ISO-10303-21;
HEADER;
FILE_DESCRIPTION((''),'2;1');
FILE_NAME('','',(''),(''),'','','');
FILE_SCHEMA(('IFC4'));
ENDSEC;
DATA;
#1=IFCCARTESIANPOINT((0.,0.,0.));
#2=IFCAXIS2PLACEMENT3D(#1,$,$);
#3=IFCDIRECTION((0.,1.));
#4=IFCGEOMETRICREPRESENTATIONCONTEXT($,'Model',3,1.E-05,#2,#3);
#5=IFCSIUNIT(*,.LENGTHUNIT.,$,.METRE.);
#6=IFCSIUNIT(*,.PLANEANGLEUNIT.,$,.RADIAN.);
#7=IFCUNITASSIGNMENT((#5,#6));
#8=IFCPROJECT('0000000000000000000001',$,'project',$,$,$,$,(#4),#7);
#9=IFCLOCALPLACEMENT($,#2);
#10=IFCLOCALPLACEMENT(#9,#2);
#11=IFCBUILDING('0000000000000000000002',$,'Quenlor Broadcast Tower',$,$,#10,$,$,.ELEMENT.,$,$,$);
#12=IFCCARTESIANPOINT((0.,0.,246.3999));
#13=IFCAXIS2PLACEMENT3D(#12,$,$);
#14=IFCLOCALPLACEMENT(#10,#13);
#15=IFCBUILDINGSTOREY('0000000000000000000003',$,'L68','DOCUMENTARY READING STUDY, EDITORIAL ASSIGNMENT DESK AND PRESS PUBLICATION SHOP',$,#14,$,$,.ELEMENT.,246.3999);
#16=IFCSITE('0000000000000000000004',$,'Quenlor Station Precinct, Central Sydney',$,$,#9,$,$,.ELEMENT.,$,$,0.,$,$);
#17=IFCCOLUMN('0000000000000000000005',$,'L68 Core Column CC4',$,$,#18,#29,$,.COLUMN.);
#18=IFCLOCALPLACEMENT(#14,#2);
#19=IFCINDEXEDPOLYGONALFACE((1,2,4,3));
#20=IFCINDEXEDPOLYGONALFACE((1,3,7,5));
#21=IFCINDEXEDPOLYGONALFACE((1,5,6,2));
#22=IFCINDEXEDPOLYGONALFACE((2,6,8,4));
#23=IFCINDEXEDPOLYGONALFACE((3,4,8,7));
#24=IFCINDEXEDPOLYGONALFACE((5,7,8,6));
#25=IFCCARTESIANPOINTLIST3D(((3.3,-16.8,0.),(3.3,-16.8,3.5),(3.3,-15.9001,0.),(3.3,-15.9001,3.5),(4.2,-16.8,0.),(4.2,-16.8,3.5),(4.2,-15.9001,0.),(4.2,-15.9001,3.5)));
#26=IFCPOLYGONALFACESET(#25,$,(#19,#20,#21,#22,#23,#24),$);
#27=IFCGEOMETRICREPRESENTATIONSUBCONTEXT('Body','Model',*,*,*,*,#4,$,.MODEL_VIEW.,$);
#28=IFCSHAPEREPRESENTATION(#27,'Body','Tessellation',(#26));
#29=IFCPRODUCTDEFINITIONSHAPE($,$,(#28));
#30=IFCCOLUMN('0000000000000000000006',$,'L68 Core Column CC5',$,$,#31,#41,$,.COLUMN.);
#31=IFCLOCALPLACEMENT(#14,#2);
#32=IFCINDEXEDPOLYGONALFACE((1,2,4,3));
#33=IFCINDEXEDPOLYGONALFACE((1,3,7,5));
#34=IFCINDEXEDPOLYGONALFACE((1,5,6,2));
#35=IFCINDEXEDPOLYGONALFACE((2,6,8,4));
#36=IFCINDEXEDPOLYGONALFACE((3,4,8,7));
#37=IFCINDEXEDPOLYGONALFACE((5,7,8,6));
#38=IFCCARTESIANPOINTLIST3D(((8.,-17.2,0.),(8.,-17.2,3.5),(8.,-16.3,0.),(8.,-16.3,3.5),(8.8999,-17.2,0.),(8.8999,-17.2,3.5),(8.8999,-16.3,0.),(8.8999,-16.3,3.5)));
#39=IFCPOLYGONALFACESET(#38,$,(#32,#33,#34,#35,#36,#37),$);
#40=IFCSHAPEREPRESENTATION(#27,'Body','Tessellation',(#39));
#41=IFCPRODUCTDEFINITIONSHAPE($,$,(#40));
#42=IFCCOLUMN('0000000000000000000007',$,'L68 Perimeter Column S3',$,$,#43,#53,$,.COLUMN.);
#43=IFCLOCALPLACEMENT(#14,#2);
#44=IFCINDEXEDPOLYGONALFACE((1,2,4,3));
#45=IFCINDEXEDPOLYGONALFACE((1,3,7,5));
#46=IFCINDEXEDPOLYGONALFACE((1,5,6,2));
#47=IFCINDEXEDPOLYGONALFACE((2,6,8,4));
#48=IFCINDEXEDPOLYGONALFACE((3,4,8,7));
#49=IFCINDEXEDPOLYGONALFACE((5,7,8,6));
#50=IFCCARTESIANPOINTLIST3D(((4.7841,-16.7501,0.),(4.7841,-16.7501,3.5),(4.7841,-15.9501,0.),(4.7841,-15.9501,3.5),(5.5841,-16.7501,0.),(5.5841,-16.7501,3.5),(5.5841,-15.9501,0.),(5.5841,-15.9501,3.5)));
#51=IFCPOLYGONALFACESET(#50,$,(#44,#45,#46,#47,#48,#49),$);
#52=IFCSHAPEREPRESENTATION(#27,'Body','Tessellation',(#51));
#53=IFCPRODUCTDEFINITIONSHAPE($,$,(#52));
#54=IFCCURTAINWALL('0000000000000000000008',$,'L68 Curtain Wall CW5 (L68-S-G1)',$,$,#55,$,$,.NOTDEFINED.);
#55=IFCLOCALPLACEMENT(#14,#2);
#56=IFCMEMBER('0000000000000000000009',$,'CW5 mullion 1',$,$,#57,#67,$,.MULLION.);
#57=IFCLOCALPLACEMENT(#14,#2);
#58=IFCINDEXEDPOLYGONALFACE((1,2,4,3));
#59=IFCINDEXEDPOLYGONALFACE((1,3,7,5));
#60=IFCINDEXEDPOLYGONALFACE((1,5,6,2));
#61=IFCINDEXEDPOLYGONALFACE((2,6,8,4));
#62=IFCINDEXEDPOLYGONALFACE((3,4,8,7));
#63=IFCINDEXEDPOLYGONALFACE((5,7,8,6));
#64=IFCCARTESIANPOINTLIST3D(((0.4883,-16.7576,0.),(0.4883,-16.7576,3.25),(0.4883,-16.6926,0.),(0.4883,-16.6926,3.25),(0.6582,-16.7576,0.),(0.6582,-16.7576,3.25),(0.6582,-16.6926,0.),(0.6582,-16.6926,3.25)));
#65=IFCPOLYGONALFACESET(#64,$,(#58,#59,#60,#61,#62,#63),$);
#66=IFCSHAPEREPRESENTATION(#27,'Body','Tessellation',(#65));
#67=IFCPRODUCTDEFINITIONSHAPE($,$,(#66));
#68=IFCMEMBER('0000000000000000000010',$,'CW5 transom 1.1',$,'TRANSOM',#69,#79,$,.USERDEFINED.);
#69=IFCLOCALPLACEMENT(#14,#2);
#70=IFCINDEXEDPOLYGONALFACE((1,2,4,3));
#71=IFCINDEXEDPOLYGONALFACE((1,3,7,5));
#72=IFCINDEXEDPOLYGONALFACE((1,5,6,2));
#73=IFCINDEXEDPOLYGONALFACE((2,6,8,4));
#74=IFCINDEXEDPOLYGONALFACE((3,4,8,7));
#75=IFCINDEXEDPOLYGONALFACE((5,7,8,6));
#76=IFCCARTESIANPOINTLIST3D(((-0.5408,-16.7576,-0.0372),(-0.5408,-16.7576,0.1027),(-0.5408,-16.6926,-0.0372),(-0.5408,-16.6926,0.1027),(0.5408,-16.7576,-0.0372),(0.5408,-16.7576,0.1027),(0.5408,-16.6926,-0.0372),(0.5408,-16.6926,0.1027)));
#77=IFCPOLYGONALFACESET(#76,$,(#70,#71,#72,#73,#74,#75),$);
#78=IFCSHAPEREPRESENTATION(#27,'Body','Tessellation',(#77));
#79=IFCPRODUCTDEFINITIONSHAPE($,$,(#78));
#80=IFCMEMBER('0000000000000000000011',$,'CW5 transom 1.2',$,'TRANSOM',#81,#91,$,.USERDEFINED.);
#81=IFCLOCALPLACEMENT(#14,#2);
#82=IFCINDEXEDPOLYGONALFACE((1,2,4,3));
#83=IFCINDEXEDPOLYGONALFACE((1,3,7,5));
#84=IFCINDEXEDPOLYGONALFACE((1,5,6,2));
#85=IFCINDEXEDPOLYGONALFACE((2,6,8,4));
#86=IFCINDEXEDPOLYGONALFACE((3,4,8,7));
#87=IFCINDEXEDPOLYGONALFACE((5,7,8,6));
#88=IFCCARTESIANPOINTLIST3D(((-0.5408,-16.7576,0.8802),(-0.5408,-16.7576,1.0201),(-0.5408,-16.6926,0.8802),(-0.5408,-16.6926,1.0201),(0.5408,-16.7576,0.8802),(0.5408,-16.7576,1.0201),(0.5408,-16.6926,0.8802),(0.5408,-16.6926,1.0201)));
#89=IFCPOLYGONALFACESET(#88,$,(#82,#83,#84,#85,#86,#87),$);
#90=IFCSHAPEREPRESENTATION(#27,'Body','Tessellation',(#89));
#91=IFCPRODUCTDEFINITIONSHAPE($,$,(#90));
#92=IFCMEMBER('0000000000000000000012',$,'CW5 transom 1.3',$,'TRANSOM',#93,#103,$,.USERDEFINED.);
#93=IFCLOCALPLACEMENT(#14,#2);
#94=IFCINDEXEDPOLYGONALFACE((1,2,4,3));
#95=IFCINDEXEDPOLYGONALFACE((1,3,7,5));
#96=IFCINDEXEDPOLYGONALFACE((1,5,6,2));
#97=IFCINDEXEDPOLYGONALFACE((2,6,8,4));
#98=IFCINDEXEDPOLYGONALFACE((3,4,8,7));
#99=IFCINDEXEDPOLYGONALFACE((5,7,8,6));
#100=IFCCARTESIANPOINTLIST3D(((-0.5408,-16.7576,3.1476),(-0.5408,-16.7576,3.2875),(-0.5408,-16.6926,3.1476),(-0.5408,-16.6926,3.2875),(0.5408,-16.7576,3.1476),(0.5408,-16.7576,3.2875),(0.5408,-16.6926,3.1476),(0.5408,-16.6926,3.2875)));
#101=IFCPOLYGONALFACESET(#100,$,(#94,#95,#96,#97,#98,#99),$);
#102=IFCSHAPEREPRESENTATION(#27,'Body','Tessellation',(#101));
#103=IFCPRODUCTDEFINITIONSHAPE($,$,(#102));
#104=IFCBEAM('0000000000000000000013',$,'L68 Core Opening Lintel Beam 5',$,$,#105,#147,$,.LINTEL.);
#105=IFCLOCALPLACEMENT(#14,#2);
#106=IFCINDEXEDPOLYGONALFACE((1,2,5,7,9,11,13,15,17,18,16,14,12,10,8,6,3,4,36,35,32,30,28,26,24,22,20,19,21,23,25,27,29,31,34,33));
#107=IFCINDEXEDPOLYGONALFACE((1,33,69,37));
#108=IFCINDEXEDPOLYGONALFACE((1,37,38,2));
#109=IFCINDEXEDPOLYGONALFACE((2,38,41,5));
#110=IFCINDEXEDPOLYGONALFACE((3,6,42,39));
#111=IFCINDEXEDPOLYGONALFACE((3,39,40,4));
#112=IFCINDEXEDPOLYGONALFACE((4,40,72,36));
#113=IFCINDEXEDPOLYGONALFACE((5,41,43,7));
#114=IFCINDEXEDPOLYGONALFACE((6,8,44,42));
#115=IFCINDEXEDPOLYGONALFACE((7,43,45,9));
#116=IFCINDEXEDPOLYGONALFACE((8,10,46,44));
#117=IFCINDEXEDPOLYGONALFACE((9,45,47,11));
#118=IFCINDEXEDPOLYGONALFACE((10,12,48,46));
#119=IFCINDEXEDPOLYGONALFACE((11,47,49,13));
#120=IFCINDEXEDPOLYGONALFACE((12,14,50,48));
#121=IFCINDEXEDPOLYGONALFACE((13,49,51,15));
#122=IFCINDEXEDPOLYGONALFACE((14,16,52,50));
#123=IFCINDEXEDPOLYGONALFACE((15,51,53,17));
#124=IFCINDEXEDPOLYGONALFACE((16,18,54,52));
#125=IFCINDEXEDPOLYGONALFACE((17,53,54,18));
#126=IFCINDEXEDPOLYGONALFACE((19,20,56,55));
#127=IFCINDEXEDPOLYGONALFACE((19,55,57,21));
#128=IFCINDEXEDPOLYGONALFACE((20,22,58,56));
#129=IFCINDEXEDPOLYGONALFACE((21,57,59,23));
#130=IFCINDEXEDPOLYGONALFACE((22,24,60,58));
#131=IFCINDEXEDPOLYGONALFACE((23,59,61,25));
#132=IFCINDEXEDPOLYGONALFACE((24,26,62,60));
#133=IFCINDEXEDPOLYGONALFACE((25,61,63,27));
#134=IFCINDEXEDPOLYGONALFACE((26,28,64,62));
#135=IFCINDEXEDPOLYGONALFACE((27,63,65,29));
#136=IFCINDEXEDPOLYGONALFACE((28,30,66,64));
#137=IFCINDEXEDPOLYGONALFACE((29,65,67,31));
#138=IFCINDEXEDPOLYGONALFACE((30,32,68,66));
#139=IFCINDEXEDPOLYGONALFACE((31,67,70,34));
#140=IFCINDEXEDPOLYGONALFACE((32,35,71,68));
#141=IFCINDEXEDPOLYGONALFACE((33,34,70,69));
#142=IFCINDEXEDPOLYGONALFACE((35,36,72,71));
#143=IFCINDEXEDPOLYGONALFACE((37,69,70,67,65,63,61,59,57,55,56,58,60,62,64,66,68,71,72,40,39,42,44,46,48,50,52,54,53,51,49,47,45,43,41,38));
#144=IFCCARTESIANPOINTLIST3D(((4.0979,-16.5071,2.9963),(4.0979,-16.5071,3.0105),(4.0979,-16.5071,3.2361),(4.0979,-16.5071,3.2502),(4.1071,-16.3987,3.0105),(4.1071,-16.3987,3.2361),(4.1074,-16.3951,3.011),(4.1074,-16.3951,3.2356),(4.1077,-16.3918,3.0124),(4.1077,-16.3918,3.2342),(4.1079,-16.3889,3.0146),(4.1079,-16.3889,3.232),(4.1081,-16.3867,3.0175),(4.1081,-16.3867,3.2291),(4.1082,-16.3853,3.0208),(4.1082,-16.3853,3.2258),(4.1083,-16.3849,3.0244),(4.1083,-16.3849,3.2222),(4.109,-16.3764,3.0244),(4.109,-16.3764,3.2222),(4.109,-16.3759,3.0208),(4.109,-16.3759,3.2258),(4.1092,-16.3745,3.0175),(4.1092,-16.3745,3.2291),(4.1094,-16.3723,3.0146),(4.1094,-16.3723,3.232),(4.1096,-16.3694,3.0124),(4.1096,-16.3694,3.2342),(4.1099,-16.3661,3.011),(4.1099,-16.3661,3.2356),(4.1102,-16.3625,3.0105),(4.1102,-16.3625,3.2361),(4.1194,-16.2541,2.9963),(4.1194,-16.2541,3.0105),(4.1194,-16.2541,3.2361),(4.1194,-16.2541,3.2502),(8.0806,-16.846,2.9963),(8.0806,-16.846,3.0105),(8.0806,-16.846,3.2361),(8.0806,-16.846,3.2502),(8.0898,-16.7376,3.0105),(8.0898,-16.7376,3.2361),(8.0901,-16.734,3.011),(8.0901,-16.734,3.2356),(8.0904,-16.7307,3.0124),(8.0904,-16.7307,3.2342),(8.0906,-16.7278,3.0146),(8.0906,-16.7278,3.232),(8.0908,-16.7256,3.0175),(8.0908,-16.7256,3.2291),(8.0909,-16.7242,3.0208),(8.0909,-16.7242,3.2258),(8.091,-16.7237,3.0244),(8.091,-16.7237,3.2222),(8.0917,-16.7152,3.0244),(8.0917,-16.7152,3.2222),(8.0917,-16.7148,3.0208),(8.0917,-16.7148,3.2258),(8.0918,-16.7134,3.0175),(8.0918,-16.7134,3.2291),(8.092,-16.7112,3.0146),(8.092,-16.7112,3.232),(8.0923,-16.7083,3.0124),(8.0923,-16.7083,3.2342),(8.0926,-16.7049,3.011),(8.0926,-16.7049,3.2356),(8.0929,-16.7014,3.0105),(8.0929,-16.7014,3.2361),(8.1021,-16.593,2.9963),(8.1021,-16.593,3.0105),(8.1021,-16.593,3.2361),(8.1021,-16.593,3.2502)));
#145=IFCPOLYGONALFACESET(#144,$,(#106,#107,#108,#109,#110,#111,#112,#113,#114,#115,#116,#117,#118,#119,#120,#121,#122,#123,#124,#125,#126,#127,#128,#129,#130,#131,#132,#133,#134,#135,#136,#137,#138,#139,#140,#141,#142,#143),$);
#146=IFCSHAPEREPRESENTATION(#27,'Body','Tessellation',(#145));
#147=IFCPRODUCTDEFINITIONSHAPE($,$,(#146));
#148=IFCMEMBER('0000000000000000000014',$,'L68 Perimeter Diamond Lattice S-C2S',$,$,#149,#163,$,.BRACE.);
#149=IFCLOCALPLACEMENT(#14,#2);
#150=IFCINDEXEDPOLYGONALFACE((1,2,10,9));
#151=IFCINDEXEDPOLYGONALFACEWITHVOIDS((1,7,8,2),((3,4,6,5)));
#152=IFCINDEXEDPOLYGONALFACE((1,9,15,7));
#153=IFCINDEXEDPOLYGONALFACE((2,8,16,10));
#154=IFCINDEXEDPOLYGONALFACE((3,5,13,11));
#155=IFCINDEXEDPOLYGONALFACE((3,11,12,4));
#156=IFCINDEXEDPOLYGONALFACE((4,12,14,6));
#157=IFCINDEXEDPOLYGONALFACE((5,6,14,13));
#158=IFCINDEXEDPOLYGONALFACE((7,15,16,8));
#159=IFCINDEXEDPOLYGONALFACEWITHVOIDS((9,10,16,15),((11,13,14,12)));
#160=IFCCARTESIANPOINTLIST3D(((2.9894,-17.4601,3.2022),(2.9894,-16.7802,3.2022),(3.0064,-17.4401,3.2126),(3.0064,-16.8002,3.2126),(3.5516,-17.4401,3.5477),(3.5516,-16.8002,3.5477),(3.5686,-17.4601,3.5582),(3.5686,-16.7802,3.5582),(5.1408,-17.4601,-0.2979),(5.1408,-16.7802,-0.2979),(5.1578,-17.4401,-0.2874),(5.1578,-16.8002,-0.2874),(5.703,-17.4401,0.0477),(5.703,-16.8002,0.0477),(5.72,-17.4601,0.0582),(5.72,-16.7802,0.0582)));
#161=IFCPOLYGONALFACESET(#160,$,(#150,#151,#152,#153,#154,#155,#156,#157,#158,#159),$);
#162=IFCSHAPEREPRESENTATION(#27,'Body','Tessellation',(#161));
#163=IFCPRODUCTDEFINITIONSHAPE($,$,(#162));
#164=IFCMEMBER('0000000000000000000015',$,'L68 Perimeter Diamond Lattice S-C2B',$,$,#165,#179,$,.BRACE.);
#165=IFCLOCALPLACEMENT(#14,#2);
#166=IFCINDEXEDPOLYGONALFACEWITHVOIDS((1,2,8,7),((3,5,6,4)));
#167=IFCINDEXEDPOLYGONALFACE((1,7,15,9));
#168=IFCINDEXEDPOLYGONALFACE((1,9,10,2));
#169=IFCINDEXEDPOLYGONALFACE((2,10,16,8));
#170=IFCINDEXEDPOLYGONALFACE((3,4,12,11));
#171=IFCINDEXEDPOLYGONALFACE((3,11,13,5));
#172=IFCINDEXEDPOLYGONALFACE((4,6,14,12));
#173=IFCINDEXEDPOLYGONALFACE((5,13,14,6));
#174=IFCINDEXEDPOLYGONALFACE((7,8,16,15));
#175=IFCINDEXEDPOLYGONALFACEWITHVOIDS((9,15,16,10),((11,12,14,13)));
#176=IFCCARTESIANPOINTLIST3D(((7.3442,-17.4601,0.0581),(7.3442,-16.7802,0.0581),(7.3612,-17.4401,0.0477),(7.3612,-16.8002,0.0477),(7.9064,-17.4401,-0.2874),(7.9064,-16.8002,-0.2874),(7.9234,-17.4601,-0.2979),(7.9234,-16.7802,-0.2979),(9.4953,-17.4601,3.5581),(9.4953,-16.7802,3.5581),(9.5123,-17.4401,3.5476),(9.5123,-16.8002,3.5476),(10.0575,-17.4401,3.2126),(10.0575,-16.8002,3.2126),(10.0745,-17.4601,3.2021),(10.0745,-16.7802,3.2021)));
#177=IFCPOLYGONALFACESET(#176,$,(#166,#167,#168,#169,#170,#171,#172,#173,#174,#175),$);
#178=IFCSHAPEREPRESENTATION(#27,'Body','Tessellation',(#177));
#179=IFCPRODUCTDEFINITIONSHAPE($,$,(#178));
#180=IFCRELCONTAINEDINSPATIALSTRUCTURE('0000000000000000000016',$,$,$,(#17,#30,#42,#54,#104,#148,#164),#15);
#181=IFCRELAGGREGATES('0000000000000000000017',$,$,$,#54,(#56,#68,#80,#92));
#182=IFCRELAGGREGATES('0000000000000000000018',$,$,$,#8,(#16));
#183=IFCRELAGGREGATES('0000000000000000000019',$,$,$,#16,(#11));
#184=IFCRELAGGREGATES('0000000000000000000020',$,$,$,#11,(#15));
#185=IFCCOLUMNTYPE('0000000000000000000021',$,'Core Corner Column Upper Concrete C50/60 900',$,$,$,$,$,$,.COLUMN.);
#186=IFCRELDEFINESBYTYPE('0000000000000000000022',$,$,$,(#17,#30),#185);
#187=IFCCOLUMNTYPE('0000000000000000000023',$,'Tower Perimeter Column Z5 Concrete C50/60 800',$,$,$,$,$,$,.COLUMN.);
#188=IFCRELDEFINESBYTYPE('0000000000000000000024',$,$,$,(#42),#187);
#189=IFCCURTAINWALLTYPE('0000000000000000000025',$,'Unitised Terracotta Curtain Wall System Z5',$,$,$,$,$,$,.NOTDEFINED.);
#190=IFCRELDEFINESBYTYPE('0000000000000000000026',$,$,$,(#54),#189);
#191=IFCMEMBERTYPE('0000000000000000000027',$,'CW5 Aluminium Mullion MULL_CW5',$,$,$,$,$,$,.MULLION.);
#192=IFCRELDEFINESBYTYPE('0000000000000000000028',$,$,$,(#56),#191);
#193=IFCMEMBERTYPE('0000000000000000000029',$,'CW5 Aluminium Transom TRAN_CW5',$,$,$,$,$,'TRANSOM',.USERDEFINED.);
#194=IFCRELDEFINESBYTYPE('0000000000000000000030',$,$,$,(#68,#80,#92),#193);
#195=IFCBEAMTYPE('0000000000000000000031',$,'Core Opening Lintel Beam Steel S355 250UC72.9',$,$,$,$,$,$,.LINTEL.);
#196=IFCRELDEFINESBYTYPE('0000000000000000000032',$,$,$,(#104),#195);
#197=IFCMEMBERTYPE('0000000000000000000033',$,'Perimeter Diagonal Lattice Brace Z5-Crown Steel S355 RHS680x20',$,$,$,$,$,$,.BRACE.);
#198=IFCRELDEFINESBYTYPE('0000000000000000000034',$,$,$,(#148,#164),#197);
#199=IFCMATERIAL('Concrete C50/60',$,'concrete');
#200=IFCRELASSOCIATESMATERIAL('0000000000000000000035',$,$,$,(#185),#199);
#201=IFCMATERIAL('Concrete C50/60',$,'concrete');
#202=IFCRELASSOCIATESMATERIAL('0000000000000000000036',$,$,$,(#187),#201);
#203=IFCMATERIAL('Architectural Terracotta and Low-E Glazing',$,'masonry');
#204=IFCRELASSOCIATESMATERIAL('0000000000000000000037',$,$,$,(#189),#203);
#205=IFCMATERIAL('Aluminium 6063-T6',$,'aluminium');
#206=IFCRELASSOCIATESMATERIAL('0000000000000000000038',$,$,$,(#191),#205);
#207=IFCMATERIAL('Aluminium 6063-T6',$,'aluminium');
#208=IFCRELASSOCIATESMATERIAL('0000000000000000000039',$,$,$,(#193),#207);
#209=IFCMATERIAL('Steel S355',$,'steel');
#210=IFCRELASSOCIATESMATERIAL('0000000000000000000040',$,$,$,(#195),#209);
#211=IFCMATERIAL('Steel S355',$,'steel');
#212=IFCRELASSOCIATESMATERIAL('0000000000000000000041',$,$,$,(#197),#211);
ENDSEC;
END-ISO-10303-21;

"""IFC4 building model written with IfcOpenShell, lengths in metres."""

from ifc_helpers import new_model, si_unit, direction, frame, origin, origin_2d, place, context, subcontext, project, spatial, rectangle, hollow_rectangle, i_section, extrude, material, material_profile, profile_set, type_object, element, aggregate, save


model = new_model("IFC4")

# Units and contexts
model_context = context("Model", 3, precision=1e-05, world=origin(), true_north=direction((0.0, 1.0)))
body_context = subcontext(model_context, "Body", "Model", "MODEL_VIEW")
ifc_project = project(units=[si_unit("LENGTHUNIT", "METRE"), si_unit("PLANEANGLEUNIT", "RADIAN")], contexts=[model_context])

# Site, building, storey
site_placement = place(None, origin())
site = spatial("IfcSite", under=ifc_project, at=site_placement, Name="Quenlor Station Precinct, Central Sydney", CompositionType="ELEMENT", RefElevation=0.0)
building_placement = place(site_placement, origin())
building = spatial("IfcBuilding", under=site, at=building_placement, Name="Quenlor Broadcast Tower", CompositionType="ELEMENT")
storey_placement = place(building_placement, frame((0.0, 0.0, 246.3999)))
storey = spatial("IfcBuildingStorey", under=building, at=storey_placement, Name="L68", Description="DOCUMENTARY READING STUDY, EDITORIAL ASSIGNMENT DESK AND PRESS PUBLICATION SHOP", CompositionType="ELEMENT", Elevation=246.3999)

# Columns
ifc_material_1 = material(Name="Concrete C50/60", Category="concrete")
ifc_material_profile_1 = material_profile(ifc_material_1, rectangle(XDim=0.8999, YDim=0.8999, at=origin_2d()))
ifc_profile_set_1 = profile_set([ifc_material_profile_1], Name="Concrete C50/60 RC900x900")
column_type_1 = type_object("IfcColumnType", Name="Core Corner Column Upper Concrete C50/60 900", PredefinedType="COLUMN", material=ifc_profile_set_1)
for number, where, z_axis, x_axis, name in (
    (1, (3.75, -16.3501, 0.0), (0.0, 0.0, 1.0), (1.0, 0.0, 0.0), "L68 Core Column CC4"),
    (2, (8.45, -16.75, 0.0), (0.0, 0.0, 1.0), (1.0, 0.0, 0.0), "L68 Core Column CC5"),
):
    element("IfcColumn", number, at=place(storey_placement, frame(where, z_axis=z_axis, x_axis=x_axis)), inside=storey, type_object=column_type_1, Name=name, PredefinedType="COLUMN", context=body_context, shape_type="SweptSolid", body=[
        extrude(rectangle(XDim=0.8999, YDim=0.8999, at=origin_2d()), origin(), (0.0, 0.0, 1.0), 3.5),
    ])
ifc_material_2 = material(Name="Concrete C50/60", Category="concrete")
ifc_material_profile_2 = material_profile(ifc_material_2, rectangle(XDim=0.8, YDim=0.8, at=origin_2d()))
ifc_profile_set_2 = profile_set([ifc_material_profile_2], Name="Concrete C50/60 RC800x800")
column_type_2 = type_object("IfcColumnType", Name="Tower Perimeter Column Z5 Concrete C50/60 800", PredefinedType="COLUMN", material=ifc_profile_set_2)
column_placement = place(storey_placement, frame((5.1841, -16.3501, 0.0), z_axis=(0.0, 0.0, 1.0), x_axis=(0.0, 1.0, 0.0)))
element("IfcColumn", 3, at=column_placement, inside=storey, type_object=column_type_2, Name="L68 Perimeter Column S3", PredefinedType="COLUMN", context=body_context, shape_type="SweptSolid", body=[
    extrude(rectangle(XDim=0.8, YDim=0.8, at=origin_2d()), origin(), (0.0, 0.0, 1.0), 3.5),
])

# Curtain wall, members
ifc_material_3 = material(Name="Architectural Terracotta and Low-E Glazing", Category="masonry")
curtain_wall_type = type_object("IfcCurtainWallType", Name="Unitised Terracotta Curtain Wall System Z5", PredefinedType="NOTDEFINED", material=ifc_material_3)
curtain_wall_placement = place(storey_placement, origin())
curtain_wall = element("IfcCurtainWall", 4, at=curtain_wall_placement, inside=storey, type_object=curtain_wall_type, Name="L68 Curtain Wall CW5 (L68-S-G1)", PredefinedType="NOTDEFINED")
ifc_material_4 = material(Name="Aluminium 6063-T6", Category="aluminium")
ifc_material_profile_3 = material_profile(ifc_material_4, rectangle(XDim=0.0649, YDim=0.1699, at=origin_2d()))
ifc_profile_set_3 = profile_set([ifc_material_profile_3], Name="Aluminium 6063-T6 MULL65x170")
member_type_1 = type_object("IfcMemberType", Name="CW5 Aluminium Mullion MULL_CW5", PredefinedType="MULLION", material=ifc_profile_set_3)
member_1_placement = place(storey_placement, frame((0.5732, -16.7251, 0.0), z_axis=(0.0, 0.0, 1.0), x_axis=(0.0, -1.0, 0.0)))
member_1 = element("IfcMember", 5, at=member_1_placement, type_object=member_type_1, Name="CW5 mullion 1", PredefinedType="MULLION", context=body_context, shape_type="SweptSolid", body=[
    extrude(rectangle(XDim=0.0649, YDim=0.1699, at=origin_2d()), origin(), (0.0, 0.0, 1.0), 3.25),
])
ifc_material_5 = material(Name="Aluminium 6063-T6", Category="aluminium")
ifc_material_profile_4 = material_profile(ifc_material_5, rectangle(XDim=0.0649, YDim=0.1399, at=origin_2d()))
ifc_profile_set_4 = profile_set([ifc_material_profile_4], Name="Aluminium 6063-T6 TRAN65x140")
member_type_2 = type_object("IfcMemberType", Name="CW5 Aluminium Transom TRAN_CW5", ElementType="TRANSOM", PredefinedType="USERDEFINED", material=ifc_profile_set_4)
member_2_placement = place(storey_placement, frame((0.5408, -16.7251, 0.0327), z_axis=(-1.0, 0.0, 0.0), x_axis=(0.0, -1.0, 0.0)))
member_2 = element("IfcMember", 6, at=member_2_placement, type_object=member_type_2, Name="CW5 transom 1.1", ObjectType="TRANSOM", PredefinedType="USERDEFINED", context=body_context, shape_type="SweptSolid", body=[
    extrude(rectangle(XDim=0.0649, YDim=0.1399, at=origin_2d()), origin(), (0.0, 0.0, 1.0), 1.0815),
])
member_3_placement = place(storey_placement, frame((0.5408, -16.7251, 0.9502), z_axis=(-1.0, 0.0, 0.0), x_axis=(0.0, -1.0, 0.0)))
member_3 = element("IfcMember", 7, at=member_3_placement, type_object=member_type_2, Name="CW5 transom 1.2", ObjectType="TRANSOM", PredefinedType="USERDEFINED", context=body_context, shape_type="SweptSolid", body=[
    extrude(rectangle(XDim=0.0649, YDim=0.1399, at=origin_2d()), origin(), (0.0, 0.0, 1.0), 1.0815),
])
member_4_placement = place(storey_placement, frame((0.5408, -16.7251, 3.2175), z_axis=(-1.0, 0.0, 0.0), x_axis=(0.0, -1.0, 0.0)))
member_4 = element("IfcMember", 8, at=member_4_placement, type_object=member_type_2, Name="CW5 transom 1.3", ObjectType="TRANSOM", PredefinedType="USERDEFINED", context=body_context, shape_type="SweptSolid", body=[
    extrude(rectangle(XDim=0.0649, YDim=0.1399, at=origin_2d()), origin(), (0.0, 0.0, 1.0), 1.0815),
])
aggregate(curtain_wall, [member_1, member_2, member_3, member_4])

# Beam
ifc_material_6 = material(Name="Steel S355", Category="steel")
ifc_material_profile_5 = material_profile(ifc_material_6, i_section(OverallWidth=0.2539, OverallDepth=0.2539, WebThickness=0.0085, FlangeThickness=0.0142, FilletRadius=0.0139, at=origin_2d()))
ifc_profile_set_5 = profile_set([ifc_material_profile_5], Name="Steel S355 250UC72.9")
beam_type_1 = type_object("IfcBeamType", Name="Core Opening Lintel Beam Steel S355 250UC72.9", PredefinedType="LINTEL", material=ifc_profile_set_5)
beam_1_placement = place(storey_placement, frame((4.1086, -16.3806, 3.1233), z_axis=(0.9964, -0.084779, 0.0), x_axis=(0.084779, 0.9964, 0.0)))
element("IfcBeam", 9, at=beam_1_placement, inside=storey, type_object=beam_type_1, Name="L68 Core Opening Lintel Beam 5", PredefinedType="LINTEL", context=body_context, shape_type="SweptSolid", body=[
    extrude(i_section(OverallWidth=0.2539, OverallDepth=0.2539, WebThickness=0.0085, FlangeThickness=0.0142, FilletRadius=0.0139, at=origin_2d()), origin(), (0.0, 0.0, 1.0), 3.9971),
])

# Members
ifc_material_7 = material(Name="Steel S355", Category="steel")
ifc_material_profile_6 = material_profile(ifc_material_7, hollow_rectangle(XDim=0.6799, YDim=0.6799, WallThickness=0.02, at=origin_2d()))
ifc_profile_set_6 = profile_set([ifc_material_profile_6], Name="Steel S355 RHS680x680x20")
member_type_3 = type_object("IfcMemberType", Name="Perimeter Diagonal Lattice Brace Z5-Crown Steel S355 RHS680x20", PredefinedType="BRACE", material=ifc_profile_set_6)
member_5_placement = place(storey_placement, frame((5.4304, -17.1201, -0.1199), z_axis=(-0.52366, 0.0, 0.851928), x_axis=(0.0, -1.0, 0.0)))
element("IfcMember", 10, at=member_5_placement, inside=storey, type_object=member_type_3, Name="L68 Perimeter Diamond Lattice S-C2S", PredefinedType="BRACE", context=body_context, shape_type="SweptSolid", body=[
    extrude(hollow_rectangle(XDim=0.6799, YDim=0.6799, WallThickness=0.02, at=origin_2d()), origin(), (0.0, 0.0, 1.0), 4.1084),
])
for number, where, z_axis, x_axis, name in (
    (11, (7.6338, -17.1201, -0.1199), (0.523617, 0.0, 0.851954), (0.0, 1.0, 0.0), "L68 Perimeter Diamond Lattice S-C2B"),
):
    element("IfcMember", number, at=place(storey_placement, frame(where, z_axis=z_axis, x_axis=x_axis)), inside=storey, type_object=member_type_3, Name=name, PredefinedType="BRACE", context=body_context, shape_type="SweptSolid", body=[
        extrude(hollow_rectangle(XDim=0.6799, YDim=0.6799, WallThickness=0.02, at=origin_2d()), origin(), (0.0, 0.0, 1.0), 4.1082),
    ])

save(model, "model.ifc")
